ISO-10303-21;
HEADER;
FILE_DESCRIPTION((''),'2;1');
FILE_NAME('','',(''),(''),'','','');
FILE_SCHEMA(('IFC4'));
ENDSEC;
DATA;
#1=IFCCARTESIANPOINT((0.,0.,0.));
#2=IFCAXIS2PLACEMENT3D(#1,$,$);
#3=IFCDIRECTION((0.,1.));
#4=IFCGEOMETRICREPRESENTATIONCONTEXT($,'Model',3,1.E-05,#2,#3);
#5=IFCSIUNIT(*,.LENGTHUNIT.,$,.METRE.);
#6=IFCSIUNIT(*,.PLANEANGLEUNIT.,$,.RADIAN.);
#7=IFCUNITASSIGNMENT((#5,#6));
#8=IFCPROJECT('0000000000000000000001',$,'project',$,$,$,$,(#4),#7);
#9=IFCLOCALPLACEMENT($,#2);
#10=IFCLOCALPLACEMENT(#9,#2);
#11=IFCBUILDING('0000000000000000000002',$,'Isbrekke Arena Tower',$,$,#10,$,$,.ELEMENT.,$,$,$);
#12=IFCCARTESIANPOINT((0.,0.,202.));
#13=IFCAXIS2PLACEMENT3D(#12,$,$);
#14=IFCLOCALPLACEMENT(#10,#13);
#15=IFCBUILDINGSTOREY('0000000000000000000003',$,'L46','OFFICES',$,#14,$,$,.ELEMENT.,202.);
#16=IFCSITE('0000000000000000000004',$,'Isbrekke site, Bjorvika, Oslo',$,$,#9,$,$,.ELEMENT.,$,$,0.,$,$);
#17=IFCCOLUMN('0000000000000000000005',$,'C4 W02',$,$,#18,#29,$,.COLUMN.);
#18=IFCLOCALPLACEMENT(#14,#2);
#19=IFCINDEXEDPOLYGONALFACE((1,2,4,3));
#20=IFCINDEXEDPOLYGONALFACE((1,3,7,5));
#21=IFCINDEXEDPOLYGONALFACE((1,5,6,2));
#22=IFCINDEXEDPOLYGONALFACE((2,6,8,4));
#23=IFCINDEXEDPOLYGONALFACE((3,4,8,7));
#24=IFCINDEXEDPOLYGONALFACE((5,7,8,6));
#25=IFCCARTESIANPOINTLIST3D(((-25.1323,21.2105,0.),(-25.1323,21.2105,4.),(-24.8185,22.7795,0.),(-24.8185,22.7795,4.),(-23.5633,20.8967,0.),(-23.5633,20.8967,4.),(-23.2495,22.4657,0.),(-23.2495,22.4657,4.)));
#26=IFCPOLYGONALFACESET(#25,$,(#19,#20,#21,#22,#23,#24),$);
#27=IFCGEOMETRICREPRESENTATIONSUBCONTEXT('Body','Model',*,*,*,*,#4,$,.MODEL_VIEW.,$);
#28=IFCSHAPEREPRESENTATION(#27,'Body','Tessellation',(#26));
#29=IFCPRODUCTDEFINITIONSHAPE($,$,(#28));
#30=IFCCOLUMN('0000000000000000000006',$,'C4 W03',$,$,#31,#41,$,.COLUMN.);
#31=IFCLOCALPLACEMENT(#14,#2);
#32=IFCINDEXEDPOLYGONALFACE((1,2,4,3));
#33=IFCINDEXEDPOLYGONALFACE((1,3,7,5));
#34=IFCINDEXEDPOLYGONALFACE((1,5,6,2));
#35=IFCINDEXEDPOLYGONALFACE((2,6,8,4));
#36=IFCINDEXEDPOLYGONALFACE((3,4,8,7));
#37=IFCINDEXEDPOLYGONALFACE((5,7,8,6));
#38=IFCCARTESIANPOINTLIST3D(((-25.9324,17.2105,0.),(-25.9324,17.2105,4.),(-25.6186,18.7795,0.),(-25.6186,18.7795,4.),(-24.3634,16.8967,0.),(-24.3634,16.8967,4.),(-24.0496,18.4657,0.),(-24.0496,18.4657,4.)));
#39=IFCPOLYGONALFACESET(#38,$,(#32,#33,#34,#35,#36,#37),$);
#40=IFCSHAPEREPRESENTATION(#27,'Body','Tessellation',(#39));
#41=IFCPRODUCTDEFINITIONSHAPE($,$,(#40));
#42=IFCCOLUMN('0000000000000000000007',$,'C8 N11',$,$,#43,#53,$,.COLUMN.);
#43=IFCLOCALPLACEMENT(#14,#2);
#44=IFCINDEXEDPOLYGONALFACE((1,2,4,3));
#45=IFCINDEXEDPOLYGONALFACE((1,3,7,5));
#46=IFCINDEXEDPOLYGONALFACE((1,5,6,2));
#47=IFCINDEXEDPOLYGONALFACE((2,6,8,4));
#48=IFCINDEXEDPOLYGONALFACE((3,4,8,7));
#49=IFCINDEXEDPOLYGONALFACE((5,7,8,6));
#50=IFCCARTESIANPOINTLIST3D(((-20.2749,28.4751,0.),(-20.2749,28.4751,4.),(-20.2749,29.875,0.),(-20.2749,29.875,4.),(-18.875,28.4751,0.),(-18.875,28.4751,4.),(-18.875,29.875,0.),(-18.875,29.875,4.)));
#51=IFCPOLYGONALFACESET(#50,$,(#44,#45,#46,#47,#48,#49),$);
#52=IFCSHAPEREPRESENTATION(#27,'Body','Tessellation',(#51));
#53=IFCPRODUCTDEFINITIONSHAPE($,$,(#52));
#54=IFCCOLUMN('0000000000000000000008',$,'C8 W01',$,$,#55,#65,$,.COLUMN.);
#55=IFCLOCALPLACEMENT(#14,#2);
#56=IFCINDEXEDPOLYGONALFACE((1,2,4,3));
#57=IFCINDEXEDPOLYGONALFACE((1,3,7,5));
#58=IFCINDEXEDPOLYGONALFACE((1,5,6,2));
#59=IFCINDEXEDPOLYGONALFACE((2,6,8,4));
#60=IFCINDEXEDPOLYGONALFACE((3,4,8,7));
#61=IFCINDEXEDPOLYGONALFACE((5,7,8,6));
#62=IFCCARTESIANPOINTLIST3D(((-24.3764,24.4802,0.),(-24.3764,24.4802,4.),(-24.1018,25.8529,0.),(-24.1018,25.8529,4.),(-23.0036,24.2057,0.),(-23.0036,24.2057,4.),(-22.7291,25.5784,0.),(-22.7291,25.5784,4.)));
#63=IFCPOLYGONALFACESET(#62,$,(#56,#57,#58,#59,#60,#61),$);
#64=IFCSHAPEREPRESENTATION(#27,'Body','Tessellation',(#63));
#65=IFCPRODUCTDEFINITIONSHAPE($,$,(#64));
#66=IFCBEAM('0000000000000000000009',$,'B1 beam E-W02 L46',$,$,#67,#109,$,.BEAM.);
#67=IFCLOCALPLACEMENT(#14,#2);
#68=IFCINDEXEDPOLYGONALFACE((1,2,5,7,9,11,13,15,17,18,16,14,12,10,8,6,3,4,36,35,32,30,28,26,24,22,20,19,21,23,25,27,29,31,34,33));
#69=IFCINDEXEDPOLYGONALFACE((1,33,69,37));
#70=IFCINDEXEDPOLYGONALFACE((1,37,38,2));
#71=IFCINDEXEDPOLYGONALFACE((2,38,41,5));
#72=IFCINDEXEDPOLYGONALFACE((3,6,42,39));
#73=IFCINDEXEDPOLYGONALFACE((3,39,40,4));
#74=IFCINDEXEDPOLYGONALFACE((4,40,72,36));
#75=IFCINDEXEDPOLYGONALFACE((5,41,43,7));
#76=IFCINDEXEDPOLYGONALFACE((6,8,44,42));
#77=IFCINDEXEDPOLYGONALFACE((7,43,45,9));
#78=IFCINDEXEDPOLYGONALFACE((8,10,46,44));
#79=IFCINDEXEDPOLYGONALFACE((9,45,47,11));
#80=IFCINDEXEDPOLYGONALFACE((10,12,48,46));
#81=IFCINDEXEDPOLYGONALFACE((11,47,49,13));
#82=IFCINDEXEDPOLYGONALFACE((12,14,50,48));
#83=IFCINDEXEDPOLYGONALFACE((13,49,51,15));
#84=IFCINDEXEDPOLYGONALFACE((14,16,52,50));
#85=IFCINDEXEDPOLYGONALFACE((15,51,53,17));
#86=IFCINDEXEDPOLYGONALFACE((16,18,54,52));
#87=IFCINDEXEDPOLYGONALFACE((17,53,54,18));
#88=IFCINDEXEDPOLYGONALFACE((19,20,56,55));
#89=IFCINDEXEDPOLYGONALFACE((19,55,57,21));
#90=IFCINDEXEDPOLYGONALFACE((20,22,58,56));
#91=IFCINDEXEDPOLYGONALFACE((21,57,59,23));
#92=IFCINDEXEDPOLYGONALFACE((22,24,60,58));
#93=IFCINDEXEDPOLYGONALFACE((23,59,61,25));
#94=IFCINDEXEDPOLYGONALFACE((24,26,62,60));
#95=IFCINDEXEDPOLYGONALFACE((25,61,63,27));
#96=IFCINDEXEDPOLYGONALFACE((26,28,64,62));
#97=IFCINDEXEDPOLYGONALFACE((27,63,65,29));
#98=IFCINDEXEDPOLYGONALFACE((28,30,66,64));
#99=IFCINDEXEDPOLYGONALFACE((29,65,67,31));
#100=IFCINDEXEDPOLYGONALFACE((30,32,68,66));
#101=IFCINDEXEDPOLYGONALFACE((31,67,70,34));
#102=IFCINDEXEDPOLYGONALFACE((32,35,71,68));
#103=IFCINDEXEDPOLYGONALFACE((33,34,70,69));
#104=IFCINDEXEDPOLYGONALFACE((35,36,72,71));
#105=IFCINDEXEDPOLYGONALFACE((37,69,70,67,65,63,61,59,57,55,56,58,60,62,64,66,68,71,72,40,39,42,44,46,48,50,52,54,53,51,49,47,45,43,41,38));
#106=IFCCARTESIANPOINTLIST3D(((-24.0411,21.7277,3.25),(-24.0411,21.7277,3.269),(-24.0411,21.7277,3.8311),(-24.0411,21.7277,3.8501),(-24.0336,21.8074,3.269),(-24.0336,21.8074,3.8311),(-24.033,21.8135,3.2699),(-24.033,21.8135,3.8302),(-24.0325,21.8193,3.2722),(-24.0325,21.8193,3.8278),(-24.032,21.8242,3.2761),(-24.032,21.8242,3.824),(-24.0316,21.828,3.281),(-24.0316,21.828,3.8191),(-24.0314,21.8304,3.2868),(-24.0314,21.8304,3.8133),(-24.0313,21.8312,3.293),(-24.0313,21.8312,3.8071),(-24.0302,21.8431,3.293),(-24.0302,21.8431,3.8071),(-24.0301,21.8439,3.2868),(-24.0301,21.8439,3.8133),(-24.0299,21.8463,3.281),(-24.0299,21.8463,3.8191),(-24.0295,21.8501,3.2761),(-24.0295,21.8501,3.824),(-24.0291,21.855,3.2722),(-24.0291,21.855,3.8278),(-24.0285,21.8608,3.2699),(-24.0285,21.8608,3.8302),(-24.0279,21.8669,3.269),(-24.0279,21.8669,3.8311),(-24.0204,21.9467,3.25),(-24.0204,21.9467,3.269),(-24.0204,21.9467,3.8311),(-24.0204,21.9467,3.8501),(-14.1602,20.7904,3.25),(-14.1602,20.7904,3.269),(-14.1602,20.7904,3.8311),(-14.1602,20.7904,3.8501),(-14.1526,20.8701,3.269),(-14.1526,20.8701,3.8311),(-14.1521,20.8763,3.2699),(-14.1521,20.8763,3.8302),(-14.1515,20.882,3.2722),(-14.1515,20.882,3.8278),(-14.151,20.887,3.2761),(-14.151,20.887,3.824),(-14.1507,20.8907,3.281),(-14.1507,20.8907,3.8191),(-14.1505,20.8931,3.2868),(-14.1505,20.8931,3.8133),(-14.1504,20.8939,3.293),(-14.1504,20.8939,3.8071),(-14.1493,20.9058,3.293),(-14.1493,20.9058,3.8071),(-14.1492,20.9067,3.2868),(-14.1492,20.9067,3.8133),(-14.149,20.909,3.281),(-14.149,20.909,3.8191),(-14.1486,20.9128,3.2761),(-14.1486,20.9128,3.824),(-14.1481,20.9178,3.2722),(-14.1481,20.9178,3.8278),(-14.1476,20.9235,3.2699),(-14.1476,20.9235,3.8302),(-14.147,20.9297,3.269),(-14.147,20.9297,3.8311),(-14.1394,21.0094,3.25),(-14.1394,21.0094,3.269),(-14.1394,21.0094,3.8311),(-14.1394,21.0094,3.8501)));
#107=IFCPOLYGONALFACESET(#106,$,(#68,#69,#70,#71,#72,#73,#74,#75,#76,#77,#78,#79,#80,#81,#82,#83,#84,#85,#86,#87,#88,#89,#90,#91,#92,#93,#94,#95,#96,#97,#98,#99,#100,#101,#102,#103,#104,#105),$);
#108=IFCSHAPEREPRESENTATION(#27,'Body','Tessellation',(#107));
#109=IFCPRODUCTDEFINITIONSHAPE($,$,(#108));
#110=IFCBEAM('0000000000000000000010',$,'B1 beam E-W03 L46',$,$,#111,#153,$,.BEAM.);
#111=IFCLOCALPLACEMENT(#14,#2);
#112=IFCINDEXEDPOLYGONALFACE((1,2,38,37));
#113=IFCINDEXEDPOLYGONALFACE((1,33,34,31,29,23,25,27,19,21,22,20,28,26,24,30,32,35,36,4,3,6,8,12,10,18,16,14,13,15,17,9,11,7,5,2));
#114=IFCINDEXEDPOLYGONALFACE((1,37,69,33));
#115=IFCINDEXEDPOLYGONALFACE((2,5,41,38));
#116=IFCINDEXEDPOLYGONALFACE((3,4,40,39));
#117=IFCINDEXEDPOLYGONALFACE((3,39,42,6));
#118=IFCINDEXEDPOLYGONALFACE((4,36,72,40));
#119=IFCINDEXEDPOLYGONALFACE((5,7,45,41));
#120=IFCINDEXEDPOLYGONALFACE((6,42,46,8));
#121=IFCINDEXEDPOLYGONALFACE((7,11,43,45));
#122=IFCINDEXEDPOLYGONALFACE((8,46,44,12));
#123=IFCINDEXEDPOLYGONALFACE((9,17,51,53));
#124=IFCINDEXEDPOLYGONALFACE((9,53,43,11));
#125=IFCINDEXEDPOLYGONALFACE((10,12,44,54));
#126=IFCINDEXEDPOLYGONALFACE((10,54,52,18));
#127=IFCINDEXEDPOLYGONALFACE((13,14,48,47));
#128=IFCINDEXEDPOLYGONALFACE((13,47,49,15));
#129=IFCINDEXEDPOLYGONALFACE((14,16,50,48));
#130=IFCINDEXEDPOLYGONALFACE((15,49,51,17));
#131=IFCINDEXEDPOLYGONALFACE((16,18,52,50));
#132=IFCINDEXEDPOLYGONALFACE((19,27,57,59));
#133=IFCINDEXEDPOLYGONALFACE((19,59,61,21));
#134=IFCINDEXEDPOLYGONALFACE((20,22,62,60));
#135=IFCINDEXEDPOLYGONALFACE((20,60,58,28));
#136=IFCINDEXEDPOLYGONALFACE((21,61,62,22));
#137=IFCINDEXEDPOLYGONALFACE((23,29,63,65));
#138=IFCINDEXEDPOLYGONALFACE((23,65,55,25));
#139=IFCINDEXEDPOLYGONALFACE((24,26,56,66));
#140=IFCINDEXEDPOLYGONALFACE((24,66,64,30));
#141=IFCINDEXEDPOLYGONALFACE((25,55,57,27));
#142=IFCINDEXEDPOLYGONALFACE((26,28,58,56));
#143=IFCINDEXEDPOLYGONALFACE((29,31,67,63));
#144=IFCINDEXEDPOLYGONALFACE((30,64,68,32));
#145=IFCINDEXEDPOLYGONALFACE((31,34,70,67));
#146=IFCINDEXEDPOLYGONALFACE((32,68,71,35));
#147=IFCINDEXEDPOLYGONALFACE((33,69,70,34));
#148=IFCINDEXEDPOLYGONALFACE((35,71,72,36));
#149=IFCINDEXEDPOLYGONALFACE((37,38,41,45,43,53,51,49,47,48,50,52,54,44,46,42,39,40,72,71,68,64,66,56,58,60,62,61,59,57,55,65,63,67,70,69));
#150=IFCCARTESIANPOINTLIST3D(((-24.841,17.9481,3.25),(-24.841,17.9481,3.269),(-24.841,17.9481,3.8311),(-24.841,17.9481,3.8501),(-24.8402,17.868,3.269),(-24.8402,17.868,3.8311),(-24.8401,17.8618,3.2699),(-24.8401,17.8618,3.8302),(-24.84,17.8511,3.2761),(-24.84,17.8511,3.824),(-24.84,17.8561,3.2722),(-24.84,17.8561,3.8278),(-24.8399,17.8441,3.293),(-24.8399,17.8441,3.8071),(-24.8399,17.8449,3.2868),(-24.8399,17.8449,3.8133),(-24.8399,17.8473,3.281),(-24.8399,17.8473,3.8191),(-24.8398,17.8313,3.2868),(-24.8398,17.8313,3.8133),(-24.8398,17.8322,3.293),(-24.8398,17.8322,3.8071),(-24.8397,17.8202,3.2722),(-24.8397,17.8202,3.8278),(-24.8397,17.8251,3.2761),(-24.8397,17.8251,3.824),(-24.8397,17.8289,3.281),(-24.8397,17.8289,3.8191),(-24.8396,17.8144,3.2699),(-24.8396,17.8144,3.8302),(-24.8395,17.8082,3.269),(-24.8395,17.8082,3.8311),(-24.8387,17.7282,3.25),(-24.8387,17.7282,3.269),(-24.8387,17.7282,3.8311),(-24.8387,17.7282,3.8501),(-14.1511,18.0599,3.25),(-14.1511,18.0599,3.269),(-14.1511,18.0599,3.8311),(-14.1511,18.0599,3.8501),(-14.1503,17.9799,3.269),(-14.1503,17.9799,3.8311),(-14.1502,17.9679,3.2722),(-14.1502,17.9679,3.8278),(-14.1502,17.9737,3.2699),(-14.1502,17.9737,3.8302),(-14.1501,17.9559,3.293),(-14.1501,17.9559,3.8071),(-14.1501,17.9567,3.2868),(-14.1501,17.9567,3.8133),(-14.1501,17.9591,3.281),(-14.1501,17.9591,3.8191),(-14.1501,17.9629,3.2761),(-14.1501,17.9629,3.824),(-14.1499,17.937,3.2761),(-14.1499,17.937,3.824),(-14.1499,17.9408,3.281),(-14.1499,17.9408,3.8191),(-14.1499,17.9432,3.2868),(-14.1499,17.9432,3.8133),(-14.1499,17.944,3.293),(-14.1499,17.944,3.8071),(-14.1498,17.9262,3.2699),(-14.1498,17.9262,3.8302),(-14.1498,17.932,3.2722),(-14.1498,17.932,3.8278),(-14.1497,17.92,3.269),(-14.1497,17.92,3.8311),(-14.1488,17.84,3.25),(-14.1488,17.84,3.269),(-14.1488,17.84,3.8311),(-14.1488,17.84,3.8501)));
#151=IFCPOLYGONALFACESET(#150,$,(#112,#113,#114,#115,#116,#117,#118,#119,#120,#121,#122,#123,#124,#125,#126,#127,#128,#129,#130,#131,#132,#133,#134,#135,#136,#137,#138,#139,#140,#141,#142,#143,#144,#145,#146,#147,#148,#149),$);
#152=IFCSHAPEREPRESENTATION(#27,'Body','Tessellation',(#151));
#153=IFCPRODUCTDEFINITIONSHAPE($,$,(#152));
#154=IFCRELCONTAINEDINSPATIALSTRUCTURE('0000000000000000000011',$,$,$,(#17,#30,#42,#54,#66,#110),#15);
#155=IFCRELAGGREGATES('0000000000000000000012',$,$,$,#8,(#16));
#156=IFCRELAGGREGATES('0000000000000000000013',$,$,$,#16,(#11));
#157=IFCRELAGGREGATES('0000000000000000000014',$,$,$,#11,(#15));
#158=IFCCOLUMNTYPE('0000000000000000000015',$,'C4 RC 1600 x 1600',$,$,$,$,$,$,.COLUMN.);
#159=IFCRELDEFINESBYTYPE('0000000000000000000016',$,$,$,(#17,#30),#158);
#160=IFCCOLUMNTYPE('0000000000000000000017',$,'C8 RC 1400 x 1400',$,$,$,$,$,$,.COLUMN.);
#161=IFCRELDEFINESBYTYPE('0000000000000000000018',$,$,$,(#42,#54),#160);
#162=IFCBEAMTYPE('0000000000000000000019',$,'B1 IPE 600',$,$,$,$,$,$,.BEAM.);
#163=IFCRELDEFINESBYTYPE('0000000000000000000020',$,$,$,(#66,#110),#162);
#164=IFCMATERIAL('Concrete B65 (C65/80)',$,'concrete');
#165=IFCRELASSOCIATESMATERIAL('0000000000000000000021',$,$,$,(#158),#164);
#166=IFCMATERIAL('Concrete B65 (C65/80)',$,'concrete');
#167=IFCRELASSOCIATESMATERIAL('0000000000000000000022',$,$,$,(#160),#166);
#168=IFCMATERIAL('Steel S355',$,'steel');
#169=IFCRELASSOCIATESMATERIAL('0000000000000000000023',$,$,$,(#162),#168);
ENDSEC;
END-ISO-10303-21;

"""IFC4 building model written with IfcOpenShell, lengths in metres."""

from ifc_helpers import new_model, si_unit, direction, frame, origin, origin_2d, place, context, subcontext, project, spatial, rectangle, i_section, extrude, material, material_profile, profile_set, type_object, element, save


model = new_model("IFC4")

# Units and contexts
model_context = context("Model", 3, precision=1e-05, world=origin(), true_north=direction((0.0, 1.0)))
body_context = subcontext(model_context, "Body", "Model", "MODEL_VIEW")
ifc_project = project(units=[si_unit("LENGTHUNIT", "METRE"), si_unit("PLANEANGLEUNIT", "RADIAN")], contexts=[model_context])

# Site, building, storey
site_placement = place(None, origin())
site = spatial("IfcSite", under=ifc_project, at=site_placement, Name="Isbrekke site, Bjorvika, Oslo", CompositionType="ELEMENT", RefElevation=0.0)
building_placement = place(site_placement, origin())
building = spatial("IfcBuilding", under=site, at=building_placement, Name="Isbrekke Arena Tower", CompositionType="ELEMENT")
storey_placement = place(building_placement, frame((0.0, 0.0, 202.0)))
storey = spatial("IfcBuildingStorey", under=building, at=storey_placement, Name="L46", Description="OFFICES", CompositionType="ELEMENT", Elevation=202.0)

# Columns
ifc_material_1 = material(Name="Concrete B65 (C65/80)", Category="concrete")
ifc_material_profile_1 = material_profile(ifc_material_1, rectangle(XDim=1.6001, YDim=1.6001, at=origin_2d()), Name="RC 1600x1600")
ifc_profile_set_1 = profile_set([ifc_material_profile_1], Name="Concrete B65 (C65/80)")
column_type_1 = type_object("IfcColumnType", Name="C4 RC 1600 x 1600", PredefinedType="COLUMN", material=ifc_profile_set_1)
for number, where, z_axis, x_axis, name in (
    (1, (-24.1909, 21.8381, 0.0), (0.0, 0.0, 1.0), (-0.196116, -0.980581, 0.0), "C4 W02"),
    (2, (-24.991, 17.8381, 0.0), (0.0, 0.0, 1.0), (-0.196116, -0.980581, 0.0), "C4 W03"),
):
    element("IfcColumn", number, at=place(storey_placement, frame(where, z_axis=z_axis, x_axis=x_axis)), inside=storey, type_object=column_type_1, Name=name, PredefinedType="COLUMN", context=body_context, shape_type="SweptSolid", body=[
        extrude(rectangle(XDim=1.6001, YDim=1.6001, at=origin_2d()), origin(), (0.0, 0.0, 1.0), 4.0),
    ])
ifc_material_2 = material(Name="Concrete B65 (C65/80)", Category="concrete")
ifc_material_profile_2 = material_profile(ifc_material_2, rectangle(XDim=1.3999, YDim=1.3999, at=origin_2d()), Name="RC 1400x1400")
ifc_profile_set_2 = profile_set([ifc_material_profile_2], Name="Concrete B65 (C65/80)")
column_type_2 = type_object("IfcColumnType", Name="C8 RC 1400 x 1400", PredefinedType="COLUMN", material=ifc_profile_set_2)
for number, where, z_axis, x_axis, name in (
    (3, (-19.575, 29.175, 0.0), (0.0, 0.0, 1.0), (-1.0, 0.0, 0.0), "C8 N11"),
    (4, (-23.5527, 25.0293, 0.0), (0.0, 0.0, 1.0), (-0.196116, -0.980581, 0.0), "C8 W01"),
):
    element("IfcColumn", number, at=place(storey_placement, frame(where, z_axis=z_axis, x_axis=x_axis)), inside=storey, type_object=column_type_2, Name=name, PredefinedType="COLUMN", context=body_context, shape_type="SweptSolid", body=[
        extrude(rectangle(XDim=1.3999, YDim=1.3999, at=origin_2d()), origin(), (0.0, 0.0, 1.0), 4.0),
    ])

# Beams
ifc_material_3 = material(Name="Steel S355", Category="steel")
ifc_material_profile_3 = material_profile(ifc_material_3, i_section(OverallWidth=0.22, OverallDepth=0.6001, WebThickness=0.012, FlangeThickness=0.019, FilletRadius=0.0239, at=origin_2d()), Name="IPE 600")
ifc_profile_set_3 = profile_set([ifc_material_profile_3], Name="Steel S355")
beam_type_1 = type_object("IfcBeamType", Name="B1 IPE 600", PredefinedType="BEAM", material=ifc_profile_set_3)
beam_1_placement = place(storey_placement, frame((-24.0308, 21.8372, 3.55), z_axis=(0.995531, -0.094432, 0.0), x_axis=(0.094432, 0.995531, 0.0)))
element("IfcBeam", 5, at=beam_1_placement, inside=storey, type_object=beam_type_1, Name="B1 beam E-W02 L46", PredefinedType="BEAM", context=body_context, shape_type="SweptSolid", body=[
    extrude(i_section(OverallWidth=0.22, OverallDepth=0.6001, WebThickness=0.012, FlangeThickness=0.019, FilletRadius=0.0239, at=origin_2d()), origin(), (0.0, 0.0, 1.0), 9.9253),
])
beam_2_placement = place(storey_placement, frame((-24.8398, 17.8381, 3.55), z_axis=(0.999945, 0.010459, 0.0), x_axis=(-0.010459, 0.999945, 0.0)))
element("IfcBeam", 6, at=beam_2_placement, inside=storey, type_object=beam_type_1, Name="B1 beam E-W03 L46", PredefinedType="BEAM", context=body_context, shape_type="SweptSolid", body=[
    extrude(i_section(OverallWidth=0.22, OverallDepth=0.6001, WebThickness=0.012, FlangeThickness=0.019, FilletRadius=0.0239, at=origin_2d()), origin(), (0.0, 0.0, 1.0), 10.6904),
])

save(model, "model.ifc")
